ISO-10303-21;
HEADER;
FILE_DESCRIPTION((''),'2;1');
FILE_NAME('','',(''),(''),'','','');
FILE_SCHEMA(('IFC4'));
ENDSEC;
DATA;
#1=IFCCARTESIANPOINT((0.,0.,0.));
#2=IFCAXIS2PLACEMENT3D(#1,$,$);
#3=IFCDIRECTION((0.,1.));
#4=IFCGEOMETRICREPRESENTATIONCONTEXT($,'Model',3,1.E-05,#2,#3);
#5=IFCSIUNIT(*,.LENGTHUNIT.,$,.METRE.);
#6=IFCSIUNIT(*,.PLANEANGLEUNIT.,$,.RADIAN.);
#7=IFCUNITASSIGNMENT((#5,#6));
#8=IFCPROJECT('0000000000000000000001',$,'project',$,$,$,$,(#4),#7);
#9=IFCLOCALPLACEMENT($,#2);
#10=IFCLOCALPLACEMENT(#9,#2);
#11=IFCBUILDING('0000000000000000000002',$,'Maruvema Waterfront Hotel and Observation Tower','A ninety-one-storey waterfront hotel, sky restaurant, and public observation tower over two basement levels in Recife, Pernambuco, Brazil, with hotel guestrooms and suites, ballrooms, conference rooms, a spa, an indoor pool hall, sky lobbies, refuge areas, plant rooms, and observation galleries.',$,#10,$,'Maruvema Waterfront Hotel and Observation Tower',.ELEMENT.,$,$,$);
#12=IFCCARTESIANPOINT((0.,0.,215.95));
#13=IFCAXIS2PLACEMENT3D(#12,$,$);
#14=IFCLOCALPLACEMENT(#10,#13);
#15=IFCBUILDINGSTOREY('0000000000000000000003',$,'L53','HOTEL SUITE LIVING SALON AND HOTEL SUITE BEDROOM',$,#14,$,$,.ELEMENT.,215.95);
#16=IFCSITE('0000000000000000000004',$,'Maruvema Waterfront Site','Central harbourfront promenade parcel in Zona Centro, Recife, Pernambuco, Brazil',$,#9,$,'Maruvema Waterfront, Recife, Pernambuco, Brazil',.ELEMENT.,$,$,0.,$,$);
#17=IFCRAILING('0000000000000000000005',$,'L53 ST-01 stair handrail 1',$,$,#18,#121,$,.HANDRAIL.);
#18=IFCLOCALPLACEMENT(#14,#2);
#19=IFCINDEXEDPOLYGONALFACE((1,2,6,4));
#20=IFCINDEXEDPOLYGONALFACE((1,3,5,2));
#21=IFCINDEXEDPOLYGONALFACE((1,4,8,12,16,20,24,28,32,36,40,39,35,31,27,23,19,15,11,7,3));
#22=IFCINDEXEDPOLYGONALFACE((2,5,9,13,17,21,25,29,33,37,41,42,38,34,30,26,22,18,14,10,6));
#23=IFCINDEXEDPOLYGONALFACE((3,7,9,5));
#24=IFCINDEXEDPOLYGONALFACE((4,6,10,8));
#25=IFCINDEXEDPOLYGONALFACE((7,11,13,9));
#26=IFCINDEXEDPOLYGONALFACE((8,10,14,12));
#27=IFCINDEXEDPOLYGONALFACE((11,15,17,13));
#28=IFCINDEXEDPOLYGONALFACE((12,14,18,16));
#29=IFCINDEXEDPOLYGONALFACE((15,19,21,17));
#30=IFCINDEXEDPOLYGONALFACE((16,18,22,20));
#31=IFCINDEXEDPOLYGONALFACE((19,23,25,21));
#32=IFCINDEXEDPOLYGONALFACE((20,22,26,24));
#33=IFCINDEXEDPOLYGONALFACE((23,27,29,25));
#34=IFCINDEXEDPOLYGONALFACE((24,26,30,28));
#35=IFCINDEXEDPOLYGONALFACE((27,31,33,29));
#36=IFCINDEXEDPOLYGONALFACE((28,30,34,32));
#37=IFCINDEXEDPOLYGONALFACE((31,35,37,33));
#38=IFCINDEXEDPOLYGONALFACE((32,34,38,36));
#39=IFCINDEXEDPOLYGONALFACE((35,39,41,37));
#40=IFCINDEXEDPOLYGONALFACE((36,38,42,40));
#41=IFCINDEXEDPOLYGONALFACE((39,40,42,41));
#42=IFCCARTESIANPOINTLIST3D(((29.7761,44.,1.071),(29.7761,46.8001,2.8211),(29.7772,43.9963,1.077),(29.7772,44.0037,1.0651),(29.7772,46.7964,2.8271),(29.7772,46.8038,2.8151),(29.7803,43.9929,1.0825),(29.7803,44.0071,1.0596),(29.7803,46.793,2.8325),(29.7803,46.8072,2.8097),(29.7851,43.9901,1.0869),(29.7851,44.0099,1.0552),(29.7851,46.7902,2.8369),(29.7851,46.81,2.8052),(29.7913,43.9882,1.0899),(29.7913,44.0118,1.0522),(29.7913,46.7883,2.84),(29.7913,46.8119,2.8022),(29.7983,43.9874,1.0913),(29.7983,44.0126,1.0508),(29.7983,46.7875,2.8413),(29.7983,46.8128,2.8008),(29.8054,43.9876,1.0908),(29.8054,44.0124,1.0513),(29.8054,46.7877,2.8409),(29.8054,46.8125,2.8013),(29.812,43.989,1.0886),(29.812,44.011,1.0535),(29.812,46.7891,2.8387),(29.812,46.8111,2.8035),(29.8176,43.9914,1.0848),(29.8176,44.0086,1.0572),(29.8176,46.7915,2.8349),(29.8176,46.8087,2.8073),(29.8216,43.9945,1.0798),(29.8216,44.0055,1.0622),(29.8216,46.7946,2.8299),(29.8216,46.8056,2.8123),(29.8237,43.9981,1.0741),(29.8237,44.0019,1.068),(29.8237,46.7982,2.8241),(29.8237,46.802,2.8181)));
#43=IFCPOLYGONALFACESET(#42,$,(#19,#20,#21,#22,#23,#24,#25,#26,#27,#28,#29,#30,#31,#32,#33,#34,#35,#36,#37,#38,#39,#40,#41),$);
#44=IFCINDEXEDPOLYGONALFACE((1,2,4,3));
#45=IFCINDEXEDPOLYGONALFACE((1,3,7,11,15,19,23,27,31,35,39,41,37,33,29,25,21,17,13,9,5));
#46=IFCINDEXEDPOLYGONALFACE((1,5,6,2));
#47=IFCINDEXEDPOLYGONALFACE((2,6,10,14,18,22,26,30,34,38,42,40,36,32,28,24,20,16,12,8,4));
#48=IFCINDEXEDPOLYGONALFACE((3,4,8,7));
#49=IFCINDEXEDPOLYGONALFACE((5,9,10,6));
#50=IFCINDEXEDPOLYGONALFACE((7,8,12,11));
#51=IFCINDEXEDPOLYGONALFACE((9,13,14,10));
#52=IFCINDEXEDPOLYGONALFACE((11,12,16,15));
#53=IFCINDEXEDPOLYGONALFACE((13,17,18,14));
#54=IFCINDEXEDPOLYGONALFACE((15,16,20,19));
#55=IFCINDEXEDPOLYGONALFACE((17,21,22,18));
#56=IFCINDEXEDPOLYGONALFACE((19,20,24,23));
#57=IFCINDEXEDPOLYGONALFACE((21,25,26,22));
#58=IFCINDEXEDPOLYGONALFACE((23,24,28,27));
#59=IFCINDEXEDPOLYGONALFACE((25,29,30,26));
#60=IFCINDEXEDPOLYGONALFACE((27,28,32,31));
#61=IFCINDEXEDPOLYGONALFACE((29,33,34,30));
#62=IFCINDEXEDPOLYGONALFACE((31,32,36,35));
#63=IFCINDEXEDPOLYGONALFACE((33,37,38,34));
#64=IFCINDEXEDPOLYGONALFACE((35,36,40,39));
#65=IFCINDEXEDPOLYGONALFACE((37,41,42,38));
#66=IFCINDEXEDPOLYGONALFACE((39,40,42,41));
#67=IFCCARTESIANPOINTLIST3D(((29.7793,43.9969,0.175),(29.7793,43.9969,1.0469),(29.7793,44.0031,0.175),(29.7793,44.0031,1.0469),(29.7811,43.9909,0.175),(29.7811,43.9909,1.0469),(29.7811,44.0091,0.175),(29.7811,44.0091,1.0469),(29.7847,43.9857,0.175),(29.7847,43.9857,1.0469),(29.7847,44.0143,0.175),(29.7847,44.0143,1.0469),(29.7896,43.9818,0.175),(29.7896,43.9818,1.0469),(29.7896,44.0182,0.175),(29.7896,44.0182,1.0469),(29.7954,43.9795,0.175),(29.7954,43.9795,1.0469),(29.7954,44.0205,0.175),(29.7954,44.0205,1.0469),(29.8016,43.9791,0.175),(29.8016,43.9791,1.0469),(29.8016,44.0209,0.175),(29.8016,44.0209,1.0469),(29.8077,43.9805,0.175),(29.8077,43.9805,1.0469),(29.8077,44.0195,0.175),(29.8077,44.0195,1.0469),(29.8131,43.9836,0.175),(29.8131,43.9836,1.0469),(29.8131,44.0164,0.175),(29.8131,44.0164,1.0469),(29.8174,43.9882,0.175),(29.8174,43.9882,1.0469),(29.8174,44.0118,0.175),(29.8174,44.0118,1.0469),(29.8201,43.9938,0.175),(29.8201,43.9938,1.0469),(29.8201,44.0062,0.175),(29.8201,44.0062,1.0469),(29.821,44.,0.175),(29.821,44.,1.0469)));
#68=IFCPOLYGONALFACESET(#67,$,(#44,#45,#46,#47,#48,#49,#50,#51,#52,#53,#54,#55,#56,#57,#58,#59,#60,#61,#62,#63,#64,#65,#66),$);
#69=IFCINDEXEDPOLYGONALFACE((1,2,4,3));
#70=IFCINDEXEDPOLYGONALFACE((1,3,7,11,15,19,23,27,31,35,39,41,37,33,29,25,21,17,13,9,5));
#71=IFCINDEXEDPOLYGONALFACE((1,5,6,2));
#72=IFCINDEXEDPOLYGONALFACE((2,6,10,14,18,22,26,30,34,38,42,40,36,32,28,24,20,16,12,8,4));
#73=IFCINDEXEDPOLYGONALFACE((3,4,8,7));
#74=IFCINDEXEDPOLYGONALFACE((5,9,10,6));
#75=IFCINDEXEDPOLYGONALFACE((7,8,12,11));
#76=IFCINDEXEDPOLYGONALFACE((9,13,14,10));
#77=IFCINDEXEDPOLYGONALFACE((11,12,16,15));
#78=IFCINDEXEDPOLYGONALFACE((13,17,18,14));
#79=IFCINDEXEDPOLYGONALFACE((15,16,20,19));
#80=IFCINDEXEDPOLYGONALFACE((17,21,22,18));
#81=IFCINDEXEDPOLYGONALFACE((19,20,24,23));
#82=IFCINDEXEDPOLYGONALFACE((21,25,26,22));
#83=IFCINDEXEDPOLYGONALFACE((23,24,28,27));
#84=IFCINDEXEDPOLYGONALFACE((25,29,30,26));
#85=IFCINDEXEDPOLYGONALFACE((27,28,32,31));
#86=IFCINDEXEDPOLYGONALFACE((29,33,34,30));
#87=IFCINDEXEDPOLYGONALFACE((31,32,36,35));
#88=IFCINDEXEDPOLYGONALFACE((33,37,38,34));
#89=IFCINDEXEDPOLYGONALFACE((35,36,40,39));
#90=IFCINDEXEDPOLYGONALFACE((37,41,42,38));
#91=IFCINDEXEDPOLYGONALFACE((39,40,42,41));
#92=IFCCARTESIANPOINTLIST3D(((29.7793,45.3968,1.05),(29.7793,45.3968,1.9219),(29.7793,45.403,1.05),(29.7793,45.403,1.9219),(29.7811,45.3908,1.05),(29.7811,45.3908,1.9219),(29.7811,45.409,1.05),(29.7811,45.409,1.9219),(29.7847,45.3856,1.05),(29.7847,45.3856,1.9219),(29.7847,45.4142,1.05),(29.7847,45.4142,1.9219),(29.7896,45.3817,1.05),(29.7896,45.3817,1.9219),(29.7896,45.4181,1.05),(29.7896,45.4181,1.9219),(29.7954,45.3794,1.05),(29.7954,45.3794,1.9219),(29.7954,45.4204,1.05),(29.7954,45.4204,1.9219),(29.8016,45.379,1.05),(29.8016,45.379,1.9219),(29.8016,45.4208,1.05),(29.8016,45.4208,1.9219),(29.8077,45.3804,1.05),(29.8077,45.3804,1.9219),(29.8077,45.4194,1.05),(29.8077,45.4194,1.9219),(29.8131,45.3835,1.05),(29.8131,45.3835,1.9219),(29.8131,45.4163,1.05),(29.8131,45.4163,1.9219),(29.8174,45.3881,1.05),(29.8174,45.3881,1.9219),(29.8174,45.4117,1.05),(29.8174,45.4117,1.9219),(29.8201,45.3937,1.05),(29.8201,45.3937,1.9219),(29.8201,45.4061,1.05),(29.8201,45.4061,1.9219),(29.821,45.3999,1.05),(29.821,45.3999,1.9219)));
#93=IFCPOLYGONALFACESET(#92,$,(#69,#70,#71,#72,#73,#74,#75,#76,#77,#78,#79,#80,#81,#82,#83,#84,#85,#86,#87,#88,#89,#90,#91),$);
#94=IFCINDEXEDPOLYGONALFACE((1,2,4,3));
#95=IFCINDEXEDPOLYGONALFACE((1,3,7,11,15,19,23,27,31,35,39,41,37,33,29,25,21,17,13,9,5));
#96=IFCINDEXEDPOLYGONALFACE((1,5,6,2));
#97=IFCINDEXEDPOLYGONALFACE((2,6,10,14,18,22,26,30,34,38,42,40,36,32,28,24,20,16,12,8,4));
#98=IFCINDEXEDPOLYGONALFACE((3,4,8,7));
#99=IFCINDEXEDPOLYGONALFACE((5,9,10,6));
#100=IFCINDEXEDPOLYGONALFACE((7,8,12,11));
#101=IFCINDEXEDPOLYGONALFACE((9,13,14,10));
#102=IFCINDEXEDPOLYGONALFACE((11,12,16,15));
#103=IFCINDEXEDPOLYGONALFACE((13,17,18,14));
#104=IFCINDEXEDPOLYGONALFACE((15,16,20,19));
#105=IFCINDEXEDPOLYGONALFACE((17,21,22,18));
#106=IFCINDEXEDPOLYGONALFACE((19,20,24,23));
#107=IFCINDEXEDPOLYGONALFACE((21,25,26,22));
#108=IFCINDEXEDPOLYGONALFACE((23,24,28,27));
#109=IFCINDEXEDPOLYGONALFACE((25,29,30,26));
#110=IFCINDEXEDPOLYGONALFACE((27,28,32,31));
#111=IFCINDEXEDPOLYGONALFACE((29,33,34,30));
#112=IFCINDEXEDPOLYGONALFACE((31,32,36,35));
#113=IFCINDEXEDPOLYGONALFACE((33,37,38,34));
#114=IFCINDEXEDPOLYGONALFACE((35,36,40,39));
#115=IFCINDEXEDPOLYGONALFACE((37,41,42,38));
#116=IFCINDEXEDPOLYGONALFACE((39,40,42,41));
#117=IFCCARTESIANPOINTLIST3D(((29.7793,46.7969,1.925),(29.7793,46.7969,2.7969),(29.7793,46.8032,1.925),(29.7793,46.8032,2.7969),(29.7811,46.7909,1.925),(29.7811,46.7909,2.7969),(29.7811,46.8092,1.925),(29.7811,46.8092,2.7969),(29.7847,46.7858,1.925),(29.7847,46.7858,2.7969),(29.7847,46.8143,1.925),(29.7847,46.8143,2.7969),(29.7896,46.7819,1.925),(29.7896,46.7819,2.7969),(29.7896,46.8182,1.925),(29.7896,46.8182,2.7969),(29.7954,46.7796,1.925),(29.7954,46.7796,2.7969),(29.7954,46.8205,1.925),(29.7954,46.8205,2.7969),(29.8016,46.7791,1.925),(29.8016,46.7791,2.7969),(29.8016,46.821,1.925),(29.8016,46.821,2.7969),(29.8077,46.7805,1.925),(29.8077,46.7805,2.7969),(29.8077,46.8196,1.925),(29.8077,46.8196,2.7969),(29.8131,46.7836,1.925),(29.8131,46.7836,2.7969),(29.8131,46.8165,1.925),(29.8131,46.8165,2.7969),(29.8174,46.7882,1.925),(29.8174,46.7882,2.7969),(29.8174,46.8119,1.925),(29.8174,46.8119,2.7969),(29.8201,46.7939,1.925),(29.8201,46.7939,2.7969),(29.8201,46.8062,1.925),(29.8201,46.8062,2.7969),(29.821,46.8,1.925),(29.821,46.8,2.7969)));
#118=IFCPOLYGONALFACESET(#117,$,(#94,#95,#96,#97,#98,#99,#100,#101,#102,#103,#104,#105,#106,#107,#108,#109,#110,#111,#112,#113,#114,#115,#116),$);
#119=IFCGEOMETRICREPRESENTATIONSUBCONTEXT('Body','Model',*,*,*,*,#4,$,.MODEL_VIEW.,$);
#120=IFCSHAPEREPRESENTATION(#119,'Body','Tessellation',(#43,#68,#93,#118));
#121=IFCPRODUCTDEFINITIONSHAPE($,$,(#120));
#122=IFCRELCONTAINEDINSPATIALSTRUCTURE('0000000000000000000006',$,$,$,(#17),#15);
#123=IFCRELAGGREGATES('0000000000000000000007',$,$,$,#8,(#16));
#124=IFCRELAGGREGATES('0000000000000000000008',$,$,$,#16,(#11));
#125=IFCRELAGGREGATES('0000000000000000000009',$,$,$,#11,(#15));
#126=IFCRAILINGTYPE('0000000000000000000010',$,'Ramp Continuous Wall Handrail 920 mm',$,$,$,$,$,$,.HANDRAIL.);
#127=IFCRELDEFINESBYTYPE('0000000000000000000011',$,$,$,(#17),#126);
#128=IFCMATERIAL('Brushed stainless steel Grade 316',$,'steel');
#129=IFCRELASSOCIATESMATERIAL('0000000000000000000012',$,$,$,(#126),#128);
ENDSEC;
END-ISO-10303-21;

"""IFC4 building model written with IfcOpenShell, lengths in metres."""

from ifc_helpers import new_model, si_unit, direction, frame, origin, origin_2d, place, context, subcontext, project, spatial, circle, extrude, material, type_object, element, save


model = new_model("IFC4")

# Units and contexts
model_context = context("Model", 3, precision=1e-05, world=origin(), true_north=direction((0.0, 1.0)))
body_context = subcontext(model_context, "Body", "Model", "MODEL_VIEW")
ifc_project = project(units=[si_unit("LENGTHUNIT", "METRE"), si_unit("PLANEANGLEUNIT", "RADIAN")], contexts=[model_context])

# Site, building, storey
site_placement = place(None, origin())
site = spatial("IfcSite", under=ifc_project, at=site_placement, Name="Maruvema Waterfront Site", Description="Central harbourfront promenade parcel in Zona Centro, Recife, Pernambuco, Brazil", LongName="Maruvema Waterfront, Recife, Pernambuco, Brazil", CompositionType="ELEMENT", RefElevation=0.0)
building_placement = place(site_placement, origin())
building = spatial("IfcBuilding", under=site, at=building_placement, Name="Maruvema Waterfront Hotel and Observation Tower", Description="A ninety-one-storey waterfront hotel, sky restaurant, and public observation tower over two basement levels in Recife, Pernambuco, Brazil, with hotel guestrooms and suites, ballrooms, conference rooms, a spa, an indoor pool hall, sky lobbies, refuge areas, plant rooms, and observation galleries.", LongName="Maruvema Waterfront Hotel and Observation Tower", CompositionType="ELEMENT")
storey_placement = place(building_placement, frame((0.0, 0.0, 215.95)))
storey = spatial("IfcBuildingStorey", under=building, at=storey_placement, Name="L53", Description="HOTEL SUITE LIVING SALON AND HOTEL SUITE BEDROOM", CompositionType="ELEMENT", Elevation=215.95)

# Railing
ifc_material_1 = material(Name="Brushed stainless steel Grade 316", Category="steel")
railing_type_1 = type_object("IfcRailingType", Name="Ramp Continuous Wall Handrail 920 mm", PredefinedType="HANDRAIL", material=ifc_material_1)
railing_1_placement = place(storey_placement, frame((29.8, 44.0, 0.175)))
element("IfcRailing", 1, at=railing_1_placement, inside=storey, type_object=railing_type_1, Name="L53 ST-01 stair handrail 1", PredefinedType="HANDRAIL", context=body_context, shape_type="SweptSolid", body=[
    extrude(circle(Radius=0.0239, at=origin_2d()), frame((0.0, 0.0, 0.896), z_axis=(0.0, 0.848002, 0.529992), x_axis=(-1.0, 0.0, 0.0)), (0.0, 0.0, 1.0), 3.302),
    extrude(circle(Radius=0.021, at=origin_2d()), origin(), (0.0, 0.0, 1.0), 0.8718),
    extrude(circle(Radius=0.021, at=origin_2d()), frame((0.0, 1.3999, 0.875)), (0.0, 0.0, 1.0), 0.8718),
    extrude(circle(Radius=0.021, at=origin_2d()), frame((0.0, 2.8, 1.75)), (0.0, 0.0, 1.0), 0.8718),
])

save(model, "model.ifc")
